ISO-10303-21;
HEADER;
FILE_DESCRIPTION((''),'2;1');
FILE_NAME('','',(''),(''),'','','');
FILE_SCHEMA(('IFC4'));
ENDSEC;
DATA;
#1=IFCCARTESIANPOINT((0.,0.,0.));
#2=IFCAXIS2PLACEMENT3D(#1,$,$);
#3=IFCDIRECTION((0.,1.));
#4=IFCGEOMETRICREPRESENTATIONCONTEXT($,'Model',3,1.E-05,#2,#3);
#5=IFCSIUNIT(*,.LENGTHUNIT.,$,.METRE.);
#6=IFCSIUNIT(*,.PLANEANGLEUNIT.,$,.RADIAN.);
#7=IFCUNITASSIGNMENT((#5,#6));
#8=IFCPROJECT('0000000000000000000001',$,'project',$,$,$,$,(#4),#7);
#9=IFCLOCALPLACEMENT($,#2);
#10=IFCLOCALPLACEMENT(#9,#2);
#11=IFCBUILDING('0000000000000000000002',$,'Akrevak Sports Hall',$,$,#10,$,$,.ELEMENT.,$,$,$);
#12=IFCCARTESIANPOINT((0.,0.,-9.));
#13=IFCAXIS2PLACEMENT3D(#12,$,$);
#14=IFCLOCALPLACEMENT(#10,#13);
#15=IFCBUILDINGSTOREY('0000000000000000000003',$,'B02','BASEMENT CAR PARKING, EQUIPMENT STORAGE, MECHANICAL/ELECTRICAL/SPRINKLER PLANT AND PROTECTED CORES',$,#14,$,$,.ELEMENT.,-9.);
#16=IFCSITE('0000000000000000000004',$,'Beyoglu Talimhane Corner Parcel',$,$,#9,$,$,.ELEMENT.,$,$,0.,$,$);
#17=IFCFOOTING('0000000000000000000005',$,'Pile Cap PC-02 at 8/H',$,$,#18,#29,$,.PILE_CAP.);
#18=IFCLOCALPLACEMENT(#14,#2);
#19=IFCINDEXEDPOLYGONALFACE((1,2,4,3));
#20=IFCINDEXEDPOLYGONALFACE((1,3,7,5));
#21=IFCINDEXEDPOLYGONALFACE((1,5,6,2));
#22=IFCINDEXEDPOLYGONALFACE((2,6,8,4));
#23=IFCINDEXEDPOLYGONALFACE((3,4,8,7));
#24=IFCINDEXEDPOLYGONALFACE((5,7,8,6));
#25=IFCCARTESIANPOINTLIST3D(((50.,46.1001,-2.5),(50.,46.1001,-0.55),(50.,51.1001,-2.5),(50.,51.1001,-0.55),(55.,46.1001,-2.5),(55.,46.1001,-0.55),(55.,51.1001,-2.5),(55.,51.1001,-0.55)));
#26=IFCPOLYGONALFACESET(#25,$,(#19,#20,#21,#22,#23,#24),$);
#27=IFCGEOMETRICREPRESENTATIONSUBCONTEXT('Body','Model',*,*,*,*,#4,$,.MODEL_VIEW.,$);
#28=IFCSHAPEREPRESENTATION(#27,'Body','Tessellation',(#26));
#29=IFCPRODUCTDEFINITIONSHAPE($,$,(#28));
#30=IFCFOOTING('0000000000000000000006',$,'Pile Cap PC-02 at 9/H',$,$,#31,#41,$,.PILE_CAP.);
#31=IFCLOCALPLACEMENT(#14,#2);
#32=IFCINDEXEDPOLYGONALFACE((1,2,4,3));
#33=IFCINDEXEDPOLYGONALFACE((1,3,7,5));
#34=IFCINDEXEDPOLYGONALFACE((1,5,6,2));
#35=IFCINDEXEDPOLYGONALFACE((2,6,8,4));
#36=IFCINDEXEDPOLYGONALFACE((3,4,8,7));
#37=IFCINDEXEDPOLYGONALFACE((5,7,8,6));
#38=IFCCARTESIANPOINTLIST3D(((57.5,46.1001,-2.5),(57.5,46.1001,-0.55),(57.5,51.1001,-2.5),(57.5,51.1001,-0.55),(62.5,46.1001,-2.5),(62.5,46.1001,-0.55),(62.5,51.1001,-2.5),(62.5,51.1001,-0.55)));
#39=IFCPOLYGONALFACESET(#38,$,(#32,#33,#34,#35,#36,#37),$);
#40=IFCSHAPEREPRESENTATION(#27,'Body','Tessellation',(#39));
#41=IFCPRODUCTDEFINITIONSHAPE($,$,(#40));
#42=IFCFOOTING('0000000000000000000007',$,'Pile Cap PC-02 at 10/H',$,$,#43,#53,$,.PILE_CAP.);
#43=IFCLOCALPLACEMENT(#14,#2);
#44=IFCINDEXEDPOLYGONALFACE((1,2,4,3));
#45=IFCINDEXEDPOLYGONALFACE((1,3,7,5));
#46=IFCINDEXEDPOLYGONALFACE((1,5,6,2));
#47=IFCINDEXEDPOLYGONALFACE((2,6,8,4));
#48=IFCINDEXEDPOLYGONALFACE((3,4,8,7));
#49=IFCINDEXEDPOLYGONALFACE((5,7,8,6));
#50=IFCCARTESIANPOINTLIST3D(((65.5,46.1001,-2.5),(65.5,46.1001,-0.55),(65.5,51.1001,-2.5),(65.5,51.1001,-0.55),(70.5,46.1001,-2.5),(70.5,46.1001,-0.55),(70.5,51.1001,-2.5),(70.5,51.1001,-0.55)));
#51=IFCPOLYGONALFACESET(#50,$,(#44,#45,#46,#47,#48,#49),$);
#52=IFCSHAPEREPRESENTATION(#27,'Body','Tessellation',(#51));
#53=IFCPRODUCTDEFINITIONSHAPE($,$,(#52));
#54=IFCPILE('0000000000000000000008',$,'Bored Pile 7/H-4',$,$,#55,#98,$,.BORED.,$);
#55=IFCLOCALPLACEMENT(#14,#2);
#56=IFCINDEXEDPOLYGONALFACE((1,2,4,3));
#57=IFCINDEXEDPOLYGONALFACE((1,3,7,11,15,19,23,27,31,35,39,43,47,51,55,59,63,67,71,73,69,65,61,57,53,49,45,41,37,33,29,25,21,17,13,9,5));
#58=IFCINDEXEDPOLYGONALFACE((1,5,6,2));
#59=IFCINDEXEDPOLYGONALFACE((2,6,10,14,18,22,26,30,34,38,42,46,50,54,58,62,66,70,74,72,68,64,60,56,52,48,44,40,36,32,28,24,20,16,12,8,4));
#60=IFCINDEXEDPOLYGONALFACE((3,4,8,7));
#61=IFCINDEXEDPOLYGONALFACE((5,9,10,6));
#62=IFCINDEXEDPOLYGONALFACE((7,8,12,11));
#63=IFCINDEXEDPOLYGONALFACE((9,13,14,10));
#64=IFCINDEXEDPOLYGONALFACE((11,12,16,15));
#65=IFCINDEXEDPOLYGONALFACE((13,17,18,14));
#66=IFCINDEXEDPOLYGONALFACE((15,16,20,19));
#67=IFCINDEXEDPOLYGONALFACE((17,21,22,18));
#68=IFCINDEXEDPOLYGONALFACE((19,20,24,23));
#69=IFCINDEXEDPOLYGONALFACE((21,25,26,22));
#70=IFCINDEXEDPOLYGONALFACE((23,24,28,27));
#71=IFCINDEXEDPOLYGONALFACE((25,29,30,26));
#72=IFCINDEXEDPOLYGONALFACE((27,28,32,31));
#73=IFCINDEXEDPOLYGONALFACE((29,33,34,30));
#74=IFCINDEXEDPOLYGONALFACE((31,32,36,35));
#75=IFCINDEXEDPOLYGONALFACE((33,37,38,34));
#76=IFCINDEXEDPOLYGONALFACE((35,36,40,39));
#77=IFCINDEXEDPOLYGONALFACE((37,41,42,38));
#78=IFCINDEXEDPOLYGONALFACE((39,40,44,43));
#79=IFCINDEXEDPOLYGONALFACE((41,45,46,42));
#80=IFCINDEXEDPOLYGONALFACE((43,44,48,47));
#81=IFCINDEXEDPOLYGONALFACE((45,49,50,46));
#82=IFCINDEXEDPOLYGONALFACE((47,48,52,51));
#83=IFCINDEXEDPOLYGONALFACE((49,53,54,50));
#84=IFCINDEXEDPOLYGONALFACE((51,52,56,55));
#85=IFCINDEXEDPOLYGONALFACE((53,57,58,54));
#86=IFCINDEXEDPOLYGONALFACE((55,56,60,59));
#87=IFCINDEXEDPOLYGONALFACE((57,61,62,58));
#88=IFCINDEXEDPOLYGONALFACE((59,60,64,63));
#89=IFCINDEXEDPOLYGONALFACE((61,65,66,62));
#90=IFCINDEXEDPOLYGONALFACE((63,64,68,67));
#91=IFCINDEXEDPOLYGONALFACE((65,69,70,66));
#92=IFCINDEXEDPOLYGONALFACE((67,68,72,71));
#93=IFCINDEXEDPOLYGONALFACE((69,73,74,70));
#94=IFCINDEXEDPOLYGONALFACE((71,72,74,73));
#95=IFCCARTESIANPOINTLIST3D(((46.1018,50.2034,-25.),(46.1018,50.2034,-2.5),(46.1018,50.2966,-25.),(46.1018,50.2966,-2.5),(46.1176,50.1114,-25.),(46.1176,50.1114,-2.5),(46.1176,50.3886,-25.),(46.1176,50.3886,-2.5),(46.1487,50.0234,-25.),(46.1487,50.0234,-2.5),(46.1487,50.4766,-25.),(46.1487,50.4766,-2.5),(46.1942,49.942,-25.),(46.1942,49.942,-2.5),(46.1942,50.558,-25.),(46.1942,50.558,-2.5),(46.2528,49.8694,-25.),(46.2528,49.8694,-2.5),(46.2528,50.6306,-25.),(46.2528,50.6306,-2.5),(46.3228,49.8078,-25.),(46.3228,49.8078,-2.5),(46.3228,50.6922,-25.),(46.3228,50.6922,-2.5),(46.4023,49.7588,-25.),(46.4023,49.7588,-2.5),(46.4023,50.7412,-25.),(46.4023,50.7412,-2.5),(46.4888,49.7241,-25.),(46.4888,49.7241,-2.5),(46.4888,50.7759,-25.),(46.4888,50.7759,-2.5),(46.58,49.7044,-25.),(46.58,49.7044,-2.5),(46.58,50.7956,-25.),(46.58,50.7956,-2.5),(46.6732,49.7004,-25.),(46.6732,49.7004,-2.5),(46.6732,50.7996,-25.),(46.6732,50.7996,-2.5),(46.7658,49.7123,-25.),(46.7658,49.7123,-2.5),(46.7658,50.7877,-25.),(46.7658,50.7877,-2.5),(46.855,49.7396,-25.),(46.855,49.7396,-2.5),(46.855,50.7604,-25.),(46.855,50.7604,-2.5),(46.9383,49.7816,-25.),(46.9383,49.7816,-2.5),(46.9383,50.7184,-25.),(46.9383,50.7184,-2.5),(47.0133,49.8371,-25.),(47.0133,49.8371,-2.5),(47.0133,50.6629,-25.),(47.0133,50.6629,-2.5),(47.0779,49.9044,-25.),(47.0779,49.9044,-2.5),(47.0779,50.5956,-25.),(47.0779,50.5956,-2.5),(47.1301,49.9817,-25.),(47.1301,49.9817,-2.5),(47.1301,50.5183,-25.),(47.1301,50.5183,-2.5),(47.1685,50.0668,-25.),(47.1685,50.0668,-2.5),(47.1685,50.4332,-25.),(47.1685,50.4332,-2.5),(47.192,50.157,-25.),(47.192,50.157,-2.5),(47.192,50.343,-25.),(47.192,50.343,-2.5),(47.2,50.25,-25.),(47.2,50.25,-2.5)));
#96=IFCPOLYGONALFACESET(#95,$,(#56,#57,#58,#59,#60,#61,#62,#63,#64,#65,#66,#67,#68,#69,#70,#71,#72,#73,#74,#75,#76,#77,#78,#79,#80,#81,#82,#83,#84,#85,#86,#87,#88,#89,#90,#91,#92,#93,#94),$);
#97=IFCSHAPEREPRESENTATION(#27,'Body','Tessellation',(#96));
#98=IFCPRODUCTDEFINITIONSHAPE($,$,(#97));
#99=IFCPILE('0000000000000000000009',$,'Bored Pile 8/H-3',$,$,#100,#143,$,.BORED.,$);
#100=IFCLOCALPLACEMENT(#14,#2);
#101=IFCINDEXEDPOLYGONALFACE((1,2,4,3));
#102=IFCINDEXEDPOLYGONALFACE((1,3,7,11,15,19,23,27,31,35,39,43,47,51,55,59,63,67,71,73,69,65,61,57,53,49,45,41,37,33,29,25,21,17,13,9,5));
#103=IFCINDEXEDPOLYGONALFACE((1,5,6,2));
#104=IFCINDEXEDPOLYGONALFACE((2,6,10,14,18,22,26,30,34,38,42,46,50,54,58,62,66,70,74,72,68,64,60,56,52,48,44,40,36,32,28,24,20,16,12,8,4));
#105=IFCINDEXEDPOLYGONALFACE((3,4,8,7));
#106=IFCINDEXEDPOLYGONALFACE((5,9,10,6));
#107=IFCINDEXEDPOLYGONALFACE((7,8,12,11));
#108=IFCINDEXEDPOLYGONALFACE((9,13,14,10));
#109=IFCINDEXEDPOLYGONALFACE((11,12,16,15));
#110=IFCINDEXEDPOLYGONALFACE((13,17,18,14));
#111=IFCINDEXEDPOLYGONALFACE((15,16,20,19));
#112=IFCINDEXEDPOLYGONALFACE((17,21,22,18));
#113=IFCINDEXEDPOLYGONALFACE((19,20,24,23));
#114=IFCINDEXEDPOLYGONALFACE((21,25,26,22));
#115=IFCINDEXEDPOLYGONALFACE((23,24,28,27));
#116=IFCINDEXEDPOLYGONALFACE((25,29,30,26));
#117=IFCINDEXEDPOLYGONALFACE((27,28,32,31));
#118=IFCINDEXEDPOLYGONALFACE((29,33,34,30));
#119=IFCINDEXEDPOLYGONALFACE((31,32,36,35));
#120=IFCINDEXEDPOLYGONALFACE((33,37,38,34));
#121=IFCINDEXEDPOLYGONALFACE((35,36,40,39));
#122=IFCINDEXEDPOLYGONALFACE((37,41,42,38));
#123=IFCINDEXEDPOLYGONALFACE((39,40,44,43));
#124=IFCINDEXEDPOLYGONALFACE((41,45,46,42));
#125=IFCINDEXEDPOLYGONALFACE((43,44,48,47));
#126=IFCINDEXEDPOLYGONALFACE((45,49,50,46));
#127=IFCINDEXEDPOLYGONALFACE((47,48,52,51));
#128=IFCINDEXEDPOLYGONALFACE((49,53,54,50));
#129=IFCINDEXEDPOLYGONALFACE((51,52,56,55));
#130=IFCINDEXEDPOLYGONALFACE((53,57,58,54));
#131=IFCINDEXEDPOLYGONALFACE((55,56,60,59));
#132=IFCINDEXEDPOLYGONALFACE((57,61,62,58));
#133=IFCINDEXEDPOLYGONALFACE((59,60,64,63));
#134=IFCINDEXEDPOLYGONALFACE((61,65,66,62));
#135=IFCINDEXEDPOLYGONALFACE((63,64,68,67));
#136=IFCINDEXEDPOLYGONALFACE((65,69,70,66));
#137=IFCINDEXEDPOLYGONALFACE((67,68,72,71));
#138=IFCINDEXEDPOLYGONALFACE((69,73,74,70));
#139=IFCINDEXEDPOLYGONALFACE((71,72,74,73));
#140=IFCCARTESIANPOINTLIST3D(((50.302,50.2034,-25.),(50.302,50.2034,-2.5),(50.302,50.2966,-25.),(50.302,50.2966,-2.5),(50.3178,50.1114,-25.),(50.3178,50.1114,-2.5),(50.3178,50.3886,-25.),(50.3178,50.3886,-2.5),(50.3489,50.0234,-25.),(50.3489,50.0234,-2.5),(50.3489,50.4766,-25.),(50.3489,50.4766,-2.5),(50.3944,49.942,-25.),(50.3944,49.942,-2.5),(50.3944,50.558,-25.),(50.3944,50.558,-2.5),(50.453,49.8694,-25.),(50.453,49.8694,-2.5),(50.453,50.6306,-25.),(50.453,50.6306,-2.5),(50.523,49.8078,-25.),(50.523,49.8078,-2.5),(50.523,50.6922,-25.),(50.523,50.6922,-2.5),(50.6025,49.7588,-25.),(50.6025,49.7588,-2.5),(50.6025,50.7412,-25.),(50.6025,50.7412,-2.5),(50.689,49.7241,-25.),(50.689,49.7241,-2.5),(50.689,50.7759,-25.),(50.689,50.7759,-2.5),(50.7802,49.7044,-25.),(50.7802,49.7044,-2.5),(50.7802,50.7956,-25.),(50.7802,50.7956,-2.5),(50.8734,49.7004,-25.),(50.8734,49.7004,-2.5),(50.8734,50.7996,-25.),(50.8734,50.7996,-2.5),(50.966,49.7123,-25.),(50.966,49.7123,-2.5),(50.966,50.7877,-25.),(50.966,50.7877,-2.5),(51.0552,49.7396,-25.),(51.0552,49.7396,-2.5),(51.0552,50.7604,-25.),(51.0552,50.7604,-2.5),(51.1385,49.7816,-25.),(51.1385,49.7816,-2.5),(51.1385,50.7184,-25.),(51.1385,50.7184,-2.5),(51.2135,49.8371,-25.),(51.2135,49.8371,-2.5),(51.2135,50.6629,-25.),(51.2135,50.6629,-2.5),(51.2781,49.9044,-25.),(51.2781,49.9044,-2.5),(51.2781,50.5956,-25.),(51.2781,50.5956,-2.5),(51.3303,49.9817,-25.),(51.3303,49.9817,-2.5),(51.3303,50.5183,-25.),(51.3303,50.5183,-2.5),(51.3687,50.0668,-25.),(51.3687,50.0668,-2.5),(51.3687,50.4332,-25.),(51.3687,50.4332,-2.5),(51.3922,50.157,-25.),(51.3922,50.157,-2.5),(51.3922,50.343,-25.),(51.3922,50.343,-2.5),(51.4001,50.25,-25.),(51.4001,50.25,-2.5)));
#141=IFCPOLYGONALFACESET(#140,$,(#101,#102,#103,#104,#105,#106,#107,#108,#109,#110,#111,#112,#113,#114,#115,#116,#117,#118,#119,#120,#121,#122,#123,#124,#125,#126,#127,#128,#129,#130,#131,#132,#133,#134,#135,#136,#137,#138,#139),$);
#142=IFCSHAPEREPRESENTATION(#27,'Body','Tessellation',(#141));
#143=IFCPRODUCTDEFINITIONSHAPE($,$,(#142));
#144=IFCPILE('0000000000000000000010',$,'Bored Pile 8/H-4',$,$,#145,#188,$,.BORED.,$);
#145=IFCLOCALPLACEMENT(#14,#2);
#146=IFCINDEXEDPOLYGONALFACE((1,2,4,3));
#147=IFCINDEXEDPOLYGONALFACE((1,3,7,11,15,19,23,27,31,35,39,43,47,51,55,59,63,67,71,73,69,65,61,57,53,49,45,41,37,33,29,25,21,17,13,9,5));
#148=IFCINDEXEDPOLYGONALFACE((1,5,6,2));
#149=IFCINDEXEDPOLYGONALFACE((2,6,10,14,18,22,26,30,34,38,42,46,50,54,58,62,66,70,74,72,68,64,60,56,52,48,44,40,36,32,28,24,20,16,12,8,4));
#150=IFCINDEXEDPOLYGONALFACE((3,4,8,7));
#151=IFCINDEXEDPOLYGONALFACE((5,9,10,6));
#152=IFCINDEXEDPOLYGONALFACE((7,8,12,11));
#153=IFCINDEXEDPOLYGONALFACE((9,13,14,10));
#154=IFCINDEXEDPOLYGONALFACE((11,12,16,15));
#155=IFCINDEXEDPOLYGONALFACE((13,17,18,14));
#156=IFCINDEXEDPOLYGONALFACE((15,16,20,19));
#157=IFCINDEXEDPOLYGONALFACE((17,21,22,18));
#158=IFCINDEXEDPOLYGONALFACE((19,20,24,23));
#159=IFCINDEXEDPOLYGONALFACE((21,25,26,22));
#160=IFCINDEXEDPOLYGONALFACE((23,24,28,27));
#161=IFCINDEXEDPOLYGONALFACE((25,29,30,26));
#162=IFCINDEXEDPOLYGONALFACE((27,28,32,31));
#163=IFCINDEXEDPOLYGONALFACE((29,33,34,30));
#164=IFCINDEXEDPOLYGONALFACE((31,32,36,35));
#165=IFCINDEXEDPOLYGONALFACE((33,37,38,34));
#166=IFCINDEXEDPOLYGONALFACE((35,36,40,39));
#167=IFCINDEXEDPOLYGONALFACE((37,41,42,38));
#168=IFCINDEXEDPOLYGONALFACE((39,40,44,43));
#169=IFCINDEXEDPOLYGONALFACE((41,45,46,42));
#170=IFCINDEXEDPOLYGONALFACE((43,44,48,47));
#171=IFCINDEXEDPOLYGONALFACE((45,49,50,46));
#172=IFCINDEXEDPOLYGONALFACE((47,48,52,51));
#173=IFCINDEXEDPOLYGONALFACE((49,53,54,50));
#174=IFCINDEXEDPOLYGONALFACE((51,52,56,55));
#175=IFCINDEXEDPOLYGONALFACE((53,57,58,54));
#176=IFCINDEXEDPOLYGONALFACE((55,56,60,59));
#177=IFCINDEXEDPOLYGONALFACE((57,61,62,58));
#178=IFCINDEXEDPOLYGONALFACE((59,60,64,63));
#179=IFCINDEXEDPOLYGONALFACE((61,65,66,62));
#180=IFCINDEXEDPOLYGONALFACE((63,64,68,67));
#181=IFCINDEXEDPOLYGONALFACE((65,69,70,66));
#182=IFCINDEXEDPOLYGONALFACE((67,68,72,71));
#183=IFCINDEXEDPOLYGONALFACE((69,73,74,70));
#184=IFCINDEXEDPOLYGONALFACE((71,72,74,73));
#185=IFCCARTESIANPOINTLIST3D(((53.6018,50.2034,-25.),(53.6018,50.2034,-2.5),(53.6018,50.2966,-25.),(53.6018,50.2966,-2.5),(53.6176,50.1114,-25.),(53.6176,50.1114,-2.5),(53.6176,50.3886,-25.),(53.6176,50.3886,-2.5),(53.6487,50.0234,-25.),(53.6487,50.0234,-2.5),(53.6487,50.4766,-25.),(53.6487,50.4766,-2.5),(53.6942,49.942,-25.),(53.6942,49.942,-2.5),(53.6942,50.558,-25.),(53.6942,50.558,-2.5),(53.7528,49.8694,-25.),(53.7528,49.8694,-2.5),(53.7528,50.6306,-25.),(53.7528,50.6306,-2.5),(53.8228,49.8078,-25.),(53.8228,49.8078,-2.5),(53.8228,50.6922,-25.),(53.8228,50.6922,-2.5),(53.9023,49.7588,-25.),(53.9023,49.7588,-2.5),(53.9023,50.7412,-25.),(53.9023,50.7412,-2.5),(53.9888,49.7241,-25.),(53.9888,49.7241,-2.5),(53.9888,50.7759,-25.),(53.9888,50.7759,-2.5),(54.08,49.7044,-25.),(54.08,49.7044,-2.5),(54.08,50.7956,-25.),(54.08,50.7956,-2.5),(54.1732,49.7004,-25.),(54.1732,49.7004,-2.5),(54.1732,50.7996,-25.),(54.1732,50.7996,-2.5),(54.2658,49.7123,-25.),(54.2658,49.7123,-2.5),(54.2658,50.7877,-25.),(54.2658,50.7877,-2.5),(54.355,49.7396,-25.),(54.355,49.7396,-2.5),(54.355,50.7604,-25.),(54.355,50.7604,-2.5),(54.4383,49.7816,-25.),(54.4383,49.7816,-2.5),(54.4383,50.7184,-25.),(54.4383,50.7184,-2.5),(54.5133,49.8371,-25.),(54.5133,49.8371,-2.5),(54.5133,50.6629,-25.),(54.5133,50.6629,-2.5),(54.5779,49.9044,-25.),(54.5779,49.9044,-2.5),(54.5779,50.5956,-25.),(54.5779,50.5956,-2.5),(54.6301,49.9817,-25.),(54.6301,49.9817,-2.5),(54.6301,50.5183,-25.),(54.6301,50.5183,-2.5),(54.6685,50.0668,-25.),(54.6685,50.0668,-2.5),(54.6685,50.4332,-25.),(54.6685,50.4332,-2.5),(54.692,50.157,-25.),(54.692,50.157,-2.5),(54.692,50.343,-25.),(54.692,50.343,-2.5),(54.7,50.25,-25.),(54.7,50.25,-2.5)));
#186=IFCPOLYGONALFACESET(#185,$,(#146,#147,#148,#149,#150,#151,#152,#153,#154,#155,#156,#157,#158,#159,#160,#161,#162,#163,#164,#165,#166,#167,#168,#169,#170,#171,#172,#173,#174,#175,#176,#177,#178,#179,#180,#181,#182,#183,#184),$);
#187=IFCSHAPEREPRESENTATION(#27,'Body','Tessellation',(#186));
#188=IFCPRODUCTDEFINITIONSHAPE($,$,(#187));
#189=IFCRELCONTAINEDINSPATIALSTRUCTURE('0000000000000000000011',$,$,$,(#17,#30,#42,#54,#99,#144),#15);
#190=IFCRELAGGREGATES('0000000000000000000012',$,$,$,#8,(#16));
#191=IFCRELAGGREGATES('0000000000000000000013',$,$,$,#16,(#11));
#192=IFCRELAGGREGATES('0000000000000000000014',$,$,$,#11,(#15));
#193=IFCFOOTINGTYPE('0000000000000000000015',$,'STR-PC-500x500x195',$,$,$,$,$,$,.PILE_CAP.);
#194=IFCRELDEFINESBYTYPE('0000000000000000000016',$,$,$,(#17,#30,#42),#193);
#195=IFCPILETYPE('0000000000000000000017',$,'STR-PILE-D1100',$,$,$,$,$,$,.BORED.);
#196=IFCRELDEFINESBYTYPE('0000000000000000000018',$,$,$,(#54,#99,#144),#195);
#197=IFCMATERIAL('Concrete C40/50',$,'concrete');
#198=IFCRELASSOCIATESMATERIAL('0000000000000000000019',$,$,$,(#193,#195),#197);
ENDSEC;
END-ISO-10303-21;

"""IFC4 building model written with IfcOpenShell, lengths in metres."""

from ifc_helpers import new_model, si_unit, direction, frame, origin, origin_2d, place, context, subcontext, project, spatial, rectangle, circle, extrude, material, material_profile, profile_set, type_object, element, save


model = new_model("IFC4")

# Units and contexts
model_context = context("Model", 3, precision=1e-05, world=origin(), true_north=direction((0.0, 1.0)))
body_context = subcontext(model_context, "Body", "Model", "MODEL_VIEW")
ifc_project = project(units=[si_unit("LENGTHUNIT", "METRE"), si_unit("PLANEANGLEUNIT", "RADIAN")], contexts=[model_context])

# Site, building, storey
site_placement = place(None, origin())
site = spatial("IfcSite", under=ifc_project, at=site_placement, Name="Beyoglu Talimhane Corner Parcel", CompositionType="ELEMENT", RefElevation=0.0)
building_placement = place(site_placement, origin())
building = spatial("IfcBuilding", under=site, at=building_placement, Name="Akrevak Sports Hall", CompositionType="ELEMENT")
storey_placement = place(building_placement, frame((0.0, 0.0, -9.0)))
storey = spatial("IfcBuildingStorey", under=building, at=storey_placement, Name="B02", Description="BASEMENT CAR PARKING, EQUIPMENT STORAGE, MECHANICAL/ELECTRICAL/SPRINKLER PLANT AND PROTECTED CORES", CompositionType="ELEMENT", Elevation=-9.0)

# Footings
ifc_material_1 = material(Name="Concrete C40/50", Category="concrete")
footing_type = type_object("IfcFootingType", Name="STR-PC-500x500x195", PredefinedType="PILE_CAP", material=ifc_material_1)
for number, where, z_axis, x_axis, name in (
    (1, (52.5, 48.6001, -2.5), (0.0, 0.0, 1.0), (1.0, 0.0, 0.0), "Pile Cap PC-02 at 8/H"),
    (2, (60.0, 48.6001, -2.5), (0.0, 0.0, 1.0), (1.0, 0.0, 0.0), "Pile Cap PC-02 at 9/H"),
    (3, (68.0, 48.6001, -2.5), (0.0, 0.0, 1.0), (1.0, 0.0, 0.0), "Pile Cap PC-02 at 10/H"),
):
    element("IfcFooting", number, at=place(storey_placement, frame(where, z_axis=z_axis, x_axis=x_axis)), inside=storey, type_object=footing_type, Name=name, PredefinedType="PILE_CAP", context=body_context, shape_type="SweptSolid", body=[
        extrude(rectangle(XDim=5.0, YDim=5.0, at=origin_2d()), origin(), (0.0, 0.0, 1.0), 1.95),
    ])

# Piles
ifc_material_profile_1 = material_profile(ifc_material_1, circle(Radius=0.55, at=origin_2d()), Name="BORED PILE D1100", Category="concrete")
ifc_profile_set_1 = profile_set([ifc_material_profile_1], Name="Concrete C40/50")
pile_type_1 = type_object("IfcPileType", Name="STR-PILE-D1100", PredefinedType="BORED", material=ifc_profile_set_1)
for number, where, z_axis, x_axis, name in (
    (4, (46.6499, 50.25, -2.5), (0.0, 0.0, -1.0), (1.0, 0.0, 0.0), "Bored Pile 7/H-4"),
    (5, (50.8501, 50.25, -2.5), (0.0, 0.0, -1.0), (1.0, 0.0, 0.0), "Bored Pile 8/H-3"),
    (6, (54.1499, 50.25, -2.5), (0.0, 0.0, -1.0), (1.0, 0.0, 0.0), "Bored Pile 8/H-4"),
):
    element("IfcPile", number, at=place(storey_placement, frame(where, z_axis=z_axis, x_axis=x_axis)), inside=storey, type_object=pile_type_1, Name=name, PredefinedType="BORED", context=body_context, shape_type="SweptSolid", body=[
        extrude(circle(Radius=0.55, at=origin_2d()), origin(), (0.0, 0.0, 1.0), 22.5),
    ])

save(model, "model.ifc")
